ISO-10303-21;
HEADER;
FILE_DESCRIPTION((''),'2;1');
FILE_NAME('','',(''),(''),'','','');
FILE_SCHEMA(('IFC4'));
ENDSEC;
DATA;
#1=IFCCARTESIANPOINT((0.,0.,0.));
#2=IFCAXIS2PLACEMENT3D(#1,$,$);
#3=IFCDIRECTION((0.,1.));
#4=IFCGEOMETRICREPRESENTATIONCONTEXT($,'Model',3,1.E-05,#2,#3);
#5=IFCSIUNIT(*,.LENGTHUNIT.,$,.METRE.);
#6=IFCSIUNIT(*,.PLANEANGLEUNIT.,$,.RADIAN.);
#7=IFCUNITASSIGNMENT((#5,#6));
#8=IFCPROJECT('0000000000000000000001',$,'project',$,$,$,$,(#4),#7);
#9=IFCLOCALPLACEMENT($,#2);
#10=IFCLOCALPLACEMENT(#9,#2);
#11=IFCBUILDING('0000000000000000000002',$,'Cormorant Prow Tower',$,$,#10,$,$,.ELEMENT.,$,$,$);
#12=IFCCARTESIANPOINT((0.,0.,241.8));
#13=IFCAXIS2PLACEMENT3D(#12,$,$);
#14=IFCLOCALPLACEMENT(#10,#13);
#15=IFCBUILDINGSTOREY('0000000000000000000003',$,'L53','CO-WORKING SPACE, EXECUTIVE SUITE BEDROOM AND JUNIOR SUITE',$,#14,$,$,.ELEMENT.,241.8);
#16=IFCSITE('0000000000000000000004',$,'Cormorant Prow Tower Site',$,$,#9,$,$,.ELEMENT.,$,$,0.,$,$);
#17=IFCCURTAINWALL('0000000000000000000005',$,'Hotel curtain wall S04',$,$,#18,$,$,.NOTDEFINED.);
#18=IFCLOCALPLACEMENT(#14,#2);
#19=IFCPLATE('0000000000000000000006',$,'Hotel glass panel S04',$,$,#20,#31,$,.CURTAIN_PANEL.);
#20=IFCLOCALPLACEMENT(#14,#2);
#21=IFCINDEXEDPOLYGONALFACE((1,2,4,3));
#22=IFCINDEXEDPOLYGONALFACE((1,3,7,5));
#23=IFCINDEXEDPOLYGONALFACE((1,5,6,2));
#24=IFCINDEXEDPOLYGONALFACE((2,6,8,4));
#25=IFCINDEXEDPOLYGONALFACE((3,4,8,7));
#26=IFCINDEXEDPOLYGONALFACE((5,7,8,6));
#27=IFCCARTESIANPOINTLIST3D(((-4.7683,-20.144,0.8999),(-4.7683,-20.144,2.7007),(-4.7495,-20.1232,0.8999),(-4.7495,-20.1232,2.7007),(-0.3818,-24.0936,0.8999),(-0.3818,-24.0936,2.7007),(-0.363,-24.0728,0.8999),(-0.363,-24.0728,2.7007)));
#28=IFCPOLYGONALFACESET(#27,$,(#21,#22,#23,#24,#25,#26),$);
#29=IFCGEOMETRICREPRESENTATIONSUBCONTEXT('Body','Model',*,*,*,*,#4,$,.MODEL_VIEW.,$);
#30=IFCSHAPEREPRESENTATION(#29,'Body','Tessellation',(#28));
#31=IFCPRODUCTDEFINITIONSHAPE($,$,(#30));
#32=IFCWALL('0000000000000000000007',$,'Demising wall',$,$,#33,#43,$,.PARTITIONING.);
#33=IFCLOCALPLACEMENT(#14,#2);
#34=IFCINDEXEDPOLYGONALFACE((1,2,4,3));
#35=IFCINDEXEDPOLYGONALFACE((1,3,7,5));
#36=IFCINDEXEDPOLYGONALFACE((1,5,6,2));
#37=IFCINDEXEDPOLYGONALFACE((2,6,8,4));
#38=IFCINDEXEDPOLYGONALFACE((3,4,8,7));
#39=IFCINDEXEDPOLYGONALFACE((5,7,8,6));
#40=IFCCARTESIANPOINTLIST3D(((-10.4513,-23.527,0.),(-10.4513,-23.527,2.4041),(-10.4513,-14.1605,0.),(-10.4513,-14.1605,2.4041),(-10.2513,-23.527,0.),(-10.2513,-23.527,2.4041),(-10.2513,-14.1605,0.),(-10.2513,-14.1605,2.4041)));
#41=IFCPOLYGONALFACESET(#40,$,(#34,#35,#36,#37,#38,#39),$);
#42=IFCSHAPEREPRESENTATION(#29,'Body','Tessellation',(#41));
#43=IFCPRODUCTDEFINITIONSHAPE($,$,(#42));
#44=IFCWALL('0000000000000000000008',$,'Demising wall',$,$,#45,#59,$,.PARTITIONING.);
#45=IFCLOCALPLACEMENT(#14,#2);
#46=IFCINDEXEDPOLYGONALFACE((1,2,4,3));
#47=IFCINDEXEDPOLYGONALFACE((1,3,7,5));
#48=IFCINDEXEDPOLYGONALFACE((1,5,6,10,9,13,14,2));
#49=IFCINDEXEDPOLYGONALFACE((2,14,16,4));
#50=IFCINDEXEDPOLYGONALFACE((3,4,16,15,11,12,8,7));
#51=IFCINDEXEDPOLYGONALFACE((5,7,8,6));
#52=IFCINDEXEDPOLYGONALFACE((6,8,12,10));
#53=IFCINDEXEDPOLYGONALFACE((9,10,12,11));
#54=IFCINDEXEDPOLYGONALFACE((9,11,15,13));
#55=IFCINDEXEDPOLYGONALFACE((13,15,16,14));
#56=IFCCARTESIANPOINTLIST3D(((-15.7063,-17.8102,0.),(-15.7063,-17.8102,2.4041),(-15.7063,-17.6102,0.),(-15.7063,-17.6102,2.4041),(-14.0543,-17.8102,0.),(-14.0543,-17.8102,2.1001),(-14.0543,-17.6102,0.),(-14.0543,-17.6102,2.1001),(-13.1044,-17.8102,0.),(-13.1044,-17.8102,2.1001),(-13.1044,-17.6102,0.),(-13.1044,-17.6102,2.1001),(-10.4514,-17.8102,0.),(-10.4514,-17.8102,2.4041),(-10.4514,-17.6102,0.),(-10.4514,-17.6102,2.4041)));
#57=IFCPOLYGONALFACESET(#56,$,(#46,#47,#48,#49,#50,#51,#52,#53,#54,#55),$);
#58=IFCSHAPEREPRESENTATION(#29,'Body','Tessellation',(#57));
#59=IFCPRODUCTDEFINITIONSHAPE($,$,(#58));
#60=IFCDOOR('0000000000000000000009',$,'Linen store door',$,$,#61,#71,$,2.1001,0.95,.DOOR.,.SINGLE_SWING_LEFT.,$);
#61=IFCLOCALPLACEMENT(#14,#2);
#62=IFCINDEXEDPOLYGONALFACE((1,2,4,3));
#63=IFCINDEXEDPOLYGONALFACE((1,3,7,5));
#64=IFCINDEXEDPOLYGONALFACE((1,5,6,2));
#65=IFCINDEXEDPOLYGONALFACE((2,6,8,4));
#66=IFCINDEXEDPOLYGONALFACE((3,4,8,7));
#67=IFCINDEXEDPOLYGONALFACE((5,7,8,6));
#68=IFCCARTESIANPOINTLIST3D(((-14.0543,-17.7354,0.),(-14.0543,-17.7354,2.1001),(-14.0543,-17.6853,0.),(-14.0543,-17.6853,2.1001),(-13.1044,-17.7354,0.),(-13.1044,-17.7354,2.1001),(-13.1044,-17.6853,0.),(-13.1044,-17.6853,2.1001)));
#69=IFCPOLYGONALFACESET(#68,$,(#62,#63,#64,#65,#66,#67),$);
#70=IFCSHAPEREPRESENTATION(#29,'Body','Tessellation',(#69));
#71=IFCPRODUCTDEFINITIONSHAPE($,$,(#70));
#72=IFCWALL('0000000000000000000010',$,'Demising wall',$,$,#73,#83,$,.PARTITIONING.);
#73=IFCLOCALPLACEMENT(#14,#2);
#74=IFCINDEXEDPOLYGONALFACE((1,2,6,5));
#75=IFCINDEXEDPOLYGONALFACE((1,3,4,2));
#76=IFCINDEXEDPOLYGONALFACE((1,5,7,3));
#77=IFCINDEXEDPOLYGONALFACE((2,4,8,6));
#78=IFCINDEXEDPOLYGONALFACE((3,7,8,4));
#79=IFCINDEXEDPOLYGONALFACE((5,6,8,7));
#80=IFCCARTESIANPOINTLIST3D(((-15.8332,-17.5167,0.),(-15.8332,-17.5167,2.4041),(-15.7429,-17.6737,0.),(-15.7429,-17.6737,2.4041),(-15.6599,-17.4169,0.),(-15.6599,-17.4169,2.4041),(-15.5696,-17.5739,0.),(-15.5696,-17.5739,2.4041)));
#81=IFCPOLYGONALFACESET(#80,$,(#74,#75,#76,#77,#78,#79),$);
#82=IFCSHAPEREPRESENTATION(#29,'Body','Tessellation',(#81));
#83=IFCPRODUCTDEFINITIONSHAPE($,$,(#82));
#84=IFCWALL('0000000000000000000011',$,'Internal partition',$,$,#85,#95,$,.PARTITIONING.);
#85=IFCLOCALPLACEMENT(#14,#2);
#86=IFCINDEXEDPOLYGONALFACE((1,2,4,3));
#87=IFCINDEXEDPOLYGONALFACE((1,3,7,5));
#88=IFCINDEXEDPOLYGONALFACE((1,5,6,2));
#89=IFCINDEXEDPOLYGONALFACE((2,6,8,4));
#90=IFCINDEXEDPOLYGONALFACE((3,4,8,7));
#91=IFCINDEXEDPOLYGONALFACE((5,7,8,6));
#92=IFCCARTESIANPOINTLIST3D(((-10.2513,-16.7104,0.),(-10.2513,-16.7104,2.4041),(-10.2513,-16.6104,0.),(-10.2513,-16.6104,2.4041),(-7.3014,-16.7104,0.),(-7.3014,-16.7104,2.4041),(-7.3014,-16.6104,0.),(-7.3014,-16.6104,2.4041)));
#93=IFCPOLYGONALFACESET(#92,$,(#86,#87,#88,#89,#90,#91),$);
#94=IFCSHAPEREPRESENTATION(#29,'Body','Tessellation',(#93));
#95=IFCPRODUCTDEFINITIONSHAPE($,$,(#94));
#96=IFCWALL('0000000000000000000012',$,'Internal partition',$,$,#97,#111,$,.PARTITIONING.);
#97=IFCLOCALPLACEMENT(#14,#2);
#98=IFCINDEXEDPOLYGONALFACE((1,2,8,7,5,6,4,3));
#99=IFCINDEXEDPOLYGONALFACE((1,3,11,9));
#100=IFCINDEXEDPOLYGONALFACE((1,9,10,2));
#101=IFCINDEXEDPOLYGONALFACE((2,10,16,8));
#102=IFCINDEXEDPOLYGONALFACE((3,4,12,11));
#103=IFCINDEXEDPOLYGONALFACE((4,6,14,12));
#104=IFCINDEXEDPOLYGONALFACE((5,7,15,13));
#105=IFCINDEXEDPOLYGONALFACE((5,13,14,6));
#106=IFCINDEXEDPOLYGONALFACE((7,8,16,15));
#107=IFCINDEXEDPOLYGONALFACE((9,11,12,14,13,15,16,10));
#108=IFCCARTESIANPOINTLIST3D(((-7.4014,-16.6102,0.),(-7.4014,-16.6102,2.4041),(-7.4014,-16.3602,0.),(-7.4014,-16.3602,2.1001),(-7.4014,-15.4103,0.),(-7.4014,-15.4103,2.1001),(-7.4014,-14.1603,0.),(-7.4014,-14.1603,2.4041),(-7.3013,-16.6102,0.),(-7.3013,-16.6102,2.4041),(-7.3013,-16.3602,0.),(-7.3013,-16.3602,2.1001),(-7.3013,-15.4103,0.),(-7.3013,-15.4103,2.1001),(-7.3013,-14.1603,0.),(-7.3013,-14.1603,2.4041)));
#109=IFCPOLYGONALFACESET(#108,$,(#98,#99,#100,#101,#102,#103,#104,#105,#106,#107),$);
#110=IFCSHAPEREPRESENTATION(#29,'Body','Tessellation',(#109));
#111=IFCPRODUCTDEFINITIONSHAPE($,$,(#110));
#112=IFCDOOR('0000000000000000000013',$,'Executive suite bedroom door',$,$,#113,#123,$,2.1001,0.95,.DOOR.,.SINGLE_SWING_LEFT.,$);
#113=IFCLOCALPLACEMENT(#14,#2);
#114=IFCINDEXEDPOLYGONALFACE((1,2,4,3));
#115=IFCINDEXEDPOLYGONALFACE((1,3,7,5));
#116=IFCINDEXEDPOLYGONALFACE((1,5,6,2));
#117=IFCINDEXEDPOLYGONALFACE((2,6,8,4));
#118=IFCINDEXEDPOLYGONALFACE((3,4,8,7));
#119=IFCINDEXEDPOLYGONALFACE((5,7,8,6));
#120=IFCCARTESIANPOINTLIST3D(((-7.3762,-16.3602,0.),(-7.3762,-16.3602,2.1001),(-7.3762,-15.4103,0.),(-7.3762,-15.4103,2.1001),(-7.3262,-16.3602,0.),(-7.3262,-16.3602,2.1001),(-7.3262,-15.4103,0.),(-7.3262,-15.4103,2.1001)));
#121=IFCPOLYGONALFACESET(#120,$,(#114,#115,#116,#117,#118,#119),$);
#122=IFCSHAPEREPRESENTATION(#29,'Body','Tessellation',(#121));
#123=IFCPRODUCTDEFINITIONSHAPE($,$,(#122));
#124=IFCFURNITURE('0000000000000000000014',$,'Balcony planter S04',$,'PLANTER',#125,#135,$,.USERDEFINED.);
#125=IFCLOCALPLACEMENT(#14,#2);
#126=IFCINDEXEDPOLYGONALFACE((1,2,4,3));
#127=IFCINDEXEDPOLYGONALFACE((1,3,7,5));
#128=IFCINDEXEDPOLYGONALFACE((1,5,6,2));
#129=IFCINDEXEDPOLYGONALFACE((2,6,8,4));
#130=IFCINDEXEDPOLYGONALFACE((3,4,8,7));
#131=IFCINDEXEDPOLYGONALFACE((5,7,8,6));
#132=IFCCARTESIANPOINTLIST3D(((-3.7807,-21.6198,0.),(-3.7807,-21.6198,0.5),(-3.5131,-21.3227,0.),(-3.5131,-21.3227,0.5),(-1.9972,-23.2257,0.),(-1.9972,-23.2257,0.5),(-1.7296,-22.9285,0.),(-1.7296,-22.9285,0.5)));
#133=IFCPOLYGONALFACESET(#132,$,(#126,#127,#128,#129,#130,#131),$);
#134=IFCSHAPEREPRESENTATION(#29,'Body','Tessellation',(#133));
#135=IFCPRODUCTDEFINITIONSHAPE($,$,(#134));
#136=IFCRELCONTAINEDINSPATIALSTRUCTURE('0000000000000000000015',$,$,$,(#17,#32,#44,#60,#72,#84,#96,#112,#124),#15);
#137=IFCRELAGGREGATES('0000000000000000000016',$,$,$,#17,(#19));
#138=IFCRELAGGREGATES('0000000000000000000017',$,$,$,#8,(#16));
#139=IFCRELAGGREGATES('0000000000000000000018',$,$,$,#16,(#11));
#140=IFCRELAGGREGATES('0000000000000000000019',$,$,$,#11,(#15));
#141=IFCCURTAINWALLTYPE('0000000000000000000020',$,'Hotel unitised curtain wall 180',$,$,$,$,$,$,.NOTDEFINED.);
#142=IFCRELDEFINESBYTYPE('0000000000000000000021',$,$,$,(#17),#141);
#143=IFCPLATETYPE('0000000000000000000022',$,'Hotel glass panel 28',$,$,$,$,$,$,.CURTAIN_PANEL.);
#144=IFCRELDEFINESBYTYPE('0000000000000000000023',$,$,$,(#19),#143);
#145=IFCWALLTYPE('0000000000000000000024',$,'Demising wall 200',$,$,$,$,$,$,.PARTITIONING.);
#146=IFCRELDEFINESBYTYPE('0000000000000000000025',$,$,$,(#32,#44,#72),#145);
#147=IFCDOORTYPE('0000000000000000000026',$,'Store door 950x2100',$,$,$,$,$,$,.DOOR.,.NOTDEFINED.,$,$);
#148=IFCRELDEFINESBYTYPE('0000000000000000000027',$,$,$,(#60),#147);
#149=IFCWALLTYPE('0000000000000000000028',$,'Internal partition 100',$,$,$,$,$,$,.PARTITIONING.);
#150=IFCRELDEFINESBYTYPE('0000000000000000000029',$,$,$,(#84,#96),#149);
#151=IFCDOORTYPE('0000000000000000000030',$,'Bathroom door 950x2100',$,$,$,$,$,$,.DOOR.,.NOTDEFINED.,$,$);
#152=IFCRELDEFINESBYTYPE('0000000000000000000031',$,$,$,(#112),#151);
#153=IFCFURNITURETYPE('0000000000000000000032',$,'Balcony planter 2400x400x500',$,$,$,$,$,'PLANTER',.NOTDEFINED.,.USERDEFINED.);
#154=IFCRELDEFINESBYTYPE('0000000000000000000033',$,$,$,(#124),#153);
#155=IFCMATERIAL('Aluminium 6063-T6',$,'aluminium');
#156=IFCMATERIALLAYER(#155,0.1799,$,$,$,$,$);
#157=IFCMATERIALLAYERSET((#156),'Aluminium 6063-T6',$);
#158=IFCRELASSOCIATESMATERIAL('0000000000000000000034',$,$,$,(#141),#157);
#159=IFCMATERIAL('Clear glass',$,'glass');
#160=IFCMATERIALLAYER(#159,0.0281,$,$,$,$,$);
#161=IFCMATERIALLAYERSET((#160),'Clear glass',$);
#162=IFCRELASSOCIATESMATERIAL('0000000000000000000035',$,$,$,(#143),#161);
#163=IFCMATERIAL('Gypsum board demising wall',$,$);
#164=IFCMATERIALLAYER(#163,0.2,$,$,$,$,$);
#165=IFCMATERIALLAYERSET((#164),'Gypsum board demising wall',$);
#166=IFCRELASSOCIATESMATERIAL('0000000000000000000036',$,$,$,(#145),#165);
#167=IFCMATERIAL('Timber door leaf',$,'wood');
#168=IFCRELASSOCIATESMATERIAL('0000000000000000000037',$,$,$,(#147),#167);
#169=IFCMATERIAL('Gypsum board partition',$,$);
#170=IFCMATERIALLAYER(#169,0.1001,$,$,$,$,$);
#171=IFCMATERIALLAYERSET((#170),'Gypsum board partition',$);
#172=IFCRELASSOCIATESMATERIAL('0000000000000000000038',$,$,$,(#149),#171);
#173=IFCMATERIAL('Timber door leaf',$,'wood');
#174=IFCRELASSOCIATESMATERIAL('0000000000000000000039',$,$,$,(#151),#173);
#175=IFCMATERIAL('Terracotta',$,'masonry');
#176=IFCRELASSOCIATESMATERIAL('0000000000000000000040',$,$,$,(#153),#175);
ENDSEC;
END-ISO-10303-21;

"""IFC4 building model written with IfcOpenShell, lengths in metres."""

from ifc_helpers import new_model, si_unit, direction, frame, frame_2d, origin, origin_2d, place, context, subcontext, project, spatial, rectangle, extrude, material, layer, layer_set, type_object, element, fill, aggregate, save


model = new_model("IFC4")

# Units and contexts
model_context = context("Model", 3, precision=1e-05, world=origin(), true_north=direction((0.0, 1.0)))
body_context = subcontext(model_context, "Body", "Model", "MODEL_VIEW")
ifc_project = project(units=[si_unit("LENGTHUNIT", "METRE"), si_unit("PLANEANGLEUNIT", "RADIAN")], contexts=[model_context])

# Site, building, storey
site_placement = place(None, origin())
site = spatial("IfcSite", under=ifc_project, at=site_placement, Name="Cormorant Prow Tower Site", CompositionType="ELEMENT", RefElevation=0.0)
building_placement = place(site_placement, origin())
building = spatial("IfcBuilding", under=site, at=building_placement, Name="Cormorant Prow Tower", CompositionType="ELEMENT")
storey_placement = place(building_placement, frame((0.0, 0.0, 241.8)))
storey = spatial("IfcBuildingStorey", under=building, at=storey_placement, Name="L53", Description="CO-WORKING SPACE, EXECUTIVE SUITE BEDROOM AND JUNIOR SUITE", CompositionType="ELEMENT", Elevation=241.8)

# Curtain wall
ifc_material_1 = material(Name="Aluminium 6063-T6", Category="aluminium")
ifc_layer_1 = layer(ifc_material_1, 0.1799)
ifc_layer_set_1 = layer_set([ifc_layer_1], Name="Aluminium 6063-T6")
curtain_wall_type = type_object("IfcCurtainWallType", Name="Hotel unitised curtain wall 180", PredefinedType="NOTDEFINED", material=ifc_layer_set_1)
curtain_wall_1_placement = place(storey_placement, origin())
curtain_wall_1 = element("IfcCurtainWall", 1, at=curtain_wall_1_placement, inside=storey, type_object=curtain_wall_type, Name="Hotel curtain wall S04", PredefinedType="NOTDEFINED")

# Plate
ifc_material_2 = material(Name="Clear glass", Category="glass")
ifc_layer_2 = layer(ifc_material_2, 0.0281)
ifc_layer_set_2 = layer_set([ifc_layer_2], Name="Clear glass")
plate_type = type_object("IfcPlateType", Name="Hotel glass panel 28", PredefinedType="CURTAIN_PANEL", material=ifc_layer_set_2)
plate_1_placement = place(storey_placement, frame((-2.5657, -22.1084, 0.8999), z_axis=(0.0, 0.0, 1.0), x_axis=(0.743145, -0.669131, 0.0)))
plate_1 = element("IfcPlate", 2, at=plate_1_placement, type_object=plate_type, Name="Hotel glass panel S04", PredefinedType="CURTAIN_PANEL", context=body_context, shape_type="SweptSolid", body=[
    extrude(rectangle(XDim=5.9026, YDim=0.0281, at=origin_2d()), origin(), (0.0, 0.0, 1.0), 1.8008),
])
aggregate(curtain_wall_1, [plate_1])

# Wall
ifc_material_3 = material(Name="Gypsum board demising wall")
ifc_layer_3 = layer(ifc_material_3, 0.2)
ifc_layer_set_3 = layer_set([ifc_layer_3], Name="Gypsum board demising wall")
wall_type_1 = type_object("IfcWallType", Name="Demising wall 200", PredefinedType="PARTITIONING", material=ifc_layer_set_3)
wall_1_placement = place(storey_placement, frame((-10.3513, -23.5269, 0.0), z_axis=(0.0, 0.0, 1.0), x_axis=(0.0, 1.0, 0.0)))
element("IfcWall", 3, at=wall_1_placement, inside=storey, type_object=wall_type_1, Name="Demising wall", PredefinedType="PARTITIONING", context=body_context, shape_type="SweptSolid", body=[
    extrude(rectangle(XDim=9.3665, YDim=0.2, at=frame_2d((4.6831, 0.0))), origin(), (0.0, 0.0, 1.0), 2.4041),
])

# Wall, opening, door
wall_2_placement = place(storey_placement, frame((-15.7063, -17.7102, 0.0), z_axis=(0.0, 0.0, 1.0), x_axis=(1.0, 0.0, 0.0)))
wall_2 = element("IfcWall", 4, at=wall_2_placement, inside=storey, type_object=wall_type_1, Name="Demising wall", PredefinedType="PARTITIONING", context=body_context, shape_type="SweptSolid", body=[
    extrude(rectangle(XDim=5.2549, YDim=0.2, at=frame_2d((2.6274, 0.0))), origin(), (0.0, 0.0, 1.0), 2.4041),
])
opening_1_placement = place(wall_2_placement, frame((1.6519, 0.0, 0.0)))
opening_1 = element("IfcOpeningElement", 5, at=opening_1_placement, cuts=wall_2, PredefinedType="OPENING", context=body_context, shape_type="SweptSolid", body=[
    extrude(rectangle(XDim=0.95, YDim=2.1001, at=frame_2d((0.4751, 1.05))), frame((0.0, 0.1099, 0.0), z_axis=(0.0, -1.0, 0.0), x_axis=(1.0, 0.0, 0.0)), (0.0, 0.0, 1.0), 0.22),
])
ifc_material_4 = material(Name="Timber door leaf", Category="wood")
door_type_1 = type_object("IfcDoorType", Name="Store door 950x2100", OperationType="NOTDEFINED", PredefinedType="DOOR", material=ifc_material_4)
door_1_placement = place(opening_1_placement, origin())
door_1 = element("IfcDoor", 6, at=door_1_placement, inside=storey, type_object=door_type_1, Name="Linen store door", OperationType="SINGLE_SWING_LEFT", OverallHeight=2.1001, OverallWidth=0.95, PredefinedType="DOOR", context=body_context, shape_type="SweptSolid", body=[
    extrude(rectangle(XDim=0.95, YDim=2.1001, at=frame_2d((0.4751, 1.05))), frame((0.0, 0.0249, 0.0), z_axis=(0.0, -1.0, 0.0), x_axis=(1.0, 0.0, 0.0)), (0.0, 0.0, 1.0), 0.05),
])
fill(opening_1, door_1)

# Walls
wall_3_placement = place(storey_placement, frame((-15.7466, -17.4668, 0.0), z_axis=(0.0, 0.0, 1.0), x_axis=(0.49875, -0.866746, 0.0)))
element("IfcWall", 7, at=wall_3_placement, inside=storey, type_object=wall_type_1, Name="Demising wall", PredefinedType="PARTITIONING", context=body_context, shape_type="SweptSolid", body=[
    extrude(rectangle(XDim=0.1812, YDim=0.2, at=frame_2d((0.0906, 0.0))), origin(), (0.0, 0.0, 1.0), 2.4041),
])
ifc_material_5 = material(Name="Gypsum board partition")
ifc_layer_4 = layer(ifc_material_5, 0.1001)
ifc_layer_set_4 = layer_set([ifc_layer_4], Name="Gypsum board partition")
wall_type_2 = type_object("IfcWallType", Name="Internal partition 100", PredefinedType="PARTITIONING", material=ifc_layer_set_4)
wall_4_placement = place(storey_placement, frame((-10.2515, -16.6604, 0.0), z_axis=(0.0, 0.0, 1.0), x_axis=(1.0, 0.0, 0.0)))
element("IfcWall", 8, at=wall_4_placement, inside=storey, type_object=wall_type_2, Name="Internal partition", PredefinedType="PARTITIONING", context=body_context, shape_type="SweptSolid", body=[
    extrude(rectangle(XDim=2.95, YDim=0.1001, at=frame_2d((1.4751, 0.0))), origin(), (0.0, 0.0, 1.0), 2.4041),
])

# Wall, opening, door
wall_5_placement = place(storey_placement, frame((-7.3513, -16.6104, 0.0), z_axis=(0.0, 0.0, 1.0), x_axis=(0.0, 1.0, 0.0)))
wall_5 = element("IfcWall", 9, at=wall_5_placement, inside=storey, type_object=wall_type_2, Name="Internal partition", PredefinedType="PARTITIONING", context=body_context, shape_type="SweptSolid", body=[
    extrude(rectangle(XDim=2.45, YDim=0.1001, at=frame_2d((1.2251, 0.0))), origin(), (0.0, 0.0, 1.0), 2.4041),
])
opening_2_placement = place(wall_5_placement, frame((0.25, 0.0, 0.0)))
opening_2 = element("IfcOpeningElement", 10, at=opening_2_placement, cuts=wall_5, PredefinedType="OPENING", context=body_context, shape_type="SweptSolid", body=[
    extrude(rectangle(XDim=0.95, YDim=2.1001, at=frame_2d((0.4751, 1.05))), frame((0.0, 0.0601, 0.0), z_axis=(0.0, -1.0, 0.0), x_axis=(1.0, 0.0, 0.0)), (0.0, 0.0, 1.0), 0.1201),
])
ifc_material_6 = material(Name="Timber door leaf", Category="wood")
door_type_2 = type_object("IfcDoorType", Name="Bathroom door 950x2100", OperationType="NOTDEFINED", PredefinedType="DOOR", material=ifc_material_6)
door_2_placement = place(opening_2_placement, origin())
door_2 = element("IfcDoor", 11, at=door_2_placement, inside=storey, type_object=door_type_2, Name="Executive suite bedroom door", OperationType="SINGLE_SWING_LEFT", OverallHeight=2.1001, OverallWidth=0.95, PredefinedType="DOOR", context=body_context, shape_type="SweptSolid", body=[
    extrude(rectangle(XDim=0.95, YDim=2.1001, at=frame_2d((0.4751, 1.05))), frame((0.0, 0.0249, 0.0), z_axis=(0.0, -1.0, 0.0), x_axis=(1.0, 0.0, 0.0)), (0.0, 0.0, 1.0), 0.05),
])
fill(opening_2, door_2)

# Furniture
ifc_material_7 = material(Name="Terracotta", Category="masonry")
furniture_type = type_object("IfcFurnitureType", Name="Balcony planter 2400x400x500", ElementType="PLANTER", AssemblyPlace="NOTDEFINED", PredefinedType="USERDEFINED", material=ifc_material_7)
furniture_placement = place(storey_placement, frame((-2.7551, -22.2742, 0.0), z_axis=(0.0, 0.0, 1.0), x_axis=(0.743145, -0.669131, 0.0)))
element("IfcFurniture", 12, at=furniture_placement, inside=storey, type_object=furniture_type, Name="Balcony planter S04", ObjectType="PLANTER", PredefinedType="USERDEFINED", context=body_context, shape_type="SweptSolid", body=[
    extrude(rectangle(XDim=2.3999, YDim=0.3999, at=origin_2d()), origin(), (0.0, 0.0, 1.0), 0.5),
])

save(model, "model.ifc")
